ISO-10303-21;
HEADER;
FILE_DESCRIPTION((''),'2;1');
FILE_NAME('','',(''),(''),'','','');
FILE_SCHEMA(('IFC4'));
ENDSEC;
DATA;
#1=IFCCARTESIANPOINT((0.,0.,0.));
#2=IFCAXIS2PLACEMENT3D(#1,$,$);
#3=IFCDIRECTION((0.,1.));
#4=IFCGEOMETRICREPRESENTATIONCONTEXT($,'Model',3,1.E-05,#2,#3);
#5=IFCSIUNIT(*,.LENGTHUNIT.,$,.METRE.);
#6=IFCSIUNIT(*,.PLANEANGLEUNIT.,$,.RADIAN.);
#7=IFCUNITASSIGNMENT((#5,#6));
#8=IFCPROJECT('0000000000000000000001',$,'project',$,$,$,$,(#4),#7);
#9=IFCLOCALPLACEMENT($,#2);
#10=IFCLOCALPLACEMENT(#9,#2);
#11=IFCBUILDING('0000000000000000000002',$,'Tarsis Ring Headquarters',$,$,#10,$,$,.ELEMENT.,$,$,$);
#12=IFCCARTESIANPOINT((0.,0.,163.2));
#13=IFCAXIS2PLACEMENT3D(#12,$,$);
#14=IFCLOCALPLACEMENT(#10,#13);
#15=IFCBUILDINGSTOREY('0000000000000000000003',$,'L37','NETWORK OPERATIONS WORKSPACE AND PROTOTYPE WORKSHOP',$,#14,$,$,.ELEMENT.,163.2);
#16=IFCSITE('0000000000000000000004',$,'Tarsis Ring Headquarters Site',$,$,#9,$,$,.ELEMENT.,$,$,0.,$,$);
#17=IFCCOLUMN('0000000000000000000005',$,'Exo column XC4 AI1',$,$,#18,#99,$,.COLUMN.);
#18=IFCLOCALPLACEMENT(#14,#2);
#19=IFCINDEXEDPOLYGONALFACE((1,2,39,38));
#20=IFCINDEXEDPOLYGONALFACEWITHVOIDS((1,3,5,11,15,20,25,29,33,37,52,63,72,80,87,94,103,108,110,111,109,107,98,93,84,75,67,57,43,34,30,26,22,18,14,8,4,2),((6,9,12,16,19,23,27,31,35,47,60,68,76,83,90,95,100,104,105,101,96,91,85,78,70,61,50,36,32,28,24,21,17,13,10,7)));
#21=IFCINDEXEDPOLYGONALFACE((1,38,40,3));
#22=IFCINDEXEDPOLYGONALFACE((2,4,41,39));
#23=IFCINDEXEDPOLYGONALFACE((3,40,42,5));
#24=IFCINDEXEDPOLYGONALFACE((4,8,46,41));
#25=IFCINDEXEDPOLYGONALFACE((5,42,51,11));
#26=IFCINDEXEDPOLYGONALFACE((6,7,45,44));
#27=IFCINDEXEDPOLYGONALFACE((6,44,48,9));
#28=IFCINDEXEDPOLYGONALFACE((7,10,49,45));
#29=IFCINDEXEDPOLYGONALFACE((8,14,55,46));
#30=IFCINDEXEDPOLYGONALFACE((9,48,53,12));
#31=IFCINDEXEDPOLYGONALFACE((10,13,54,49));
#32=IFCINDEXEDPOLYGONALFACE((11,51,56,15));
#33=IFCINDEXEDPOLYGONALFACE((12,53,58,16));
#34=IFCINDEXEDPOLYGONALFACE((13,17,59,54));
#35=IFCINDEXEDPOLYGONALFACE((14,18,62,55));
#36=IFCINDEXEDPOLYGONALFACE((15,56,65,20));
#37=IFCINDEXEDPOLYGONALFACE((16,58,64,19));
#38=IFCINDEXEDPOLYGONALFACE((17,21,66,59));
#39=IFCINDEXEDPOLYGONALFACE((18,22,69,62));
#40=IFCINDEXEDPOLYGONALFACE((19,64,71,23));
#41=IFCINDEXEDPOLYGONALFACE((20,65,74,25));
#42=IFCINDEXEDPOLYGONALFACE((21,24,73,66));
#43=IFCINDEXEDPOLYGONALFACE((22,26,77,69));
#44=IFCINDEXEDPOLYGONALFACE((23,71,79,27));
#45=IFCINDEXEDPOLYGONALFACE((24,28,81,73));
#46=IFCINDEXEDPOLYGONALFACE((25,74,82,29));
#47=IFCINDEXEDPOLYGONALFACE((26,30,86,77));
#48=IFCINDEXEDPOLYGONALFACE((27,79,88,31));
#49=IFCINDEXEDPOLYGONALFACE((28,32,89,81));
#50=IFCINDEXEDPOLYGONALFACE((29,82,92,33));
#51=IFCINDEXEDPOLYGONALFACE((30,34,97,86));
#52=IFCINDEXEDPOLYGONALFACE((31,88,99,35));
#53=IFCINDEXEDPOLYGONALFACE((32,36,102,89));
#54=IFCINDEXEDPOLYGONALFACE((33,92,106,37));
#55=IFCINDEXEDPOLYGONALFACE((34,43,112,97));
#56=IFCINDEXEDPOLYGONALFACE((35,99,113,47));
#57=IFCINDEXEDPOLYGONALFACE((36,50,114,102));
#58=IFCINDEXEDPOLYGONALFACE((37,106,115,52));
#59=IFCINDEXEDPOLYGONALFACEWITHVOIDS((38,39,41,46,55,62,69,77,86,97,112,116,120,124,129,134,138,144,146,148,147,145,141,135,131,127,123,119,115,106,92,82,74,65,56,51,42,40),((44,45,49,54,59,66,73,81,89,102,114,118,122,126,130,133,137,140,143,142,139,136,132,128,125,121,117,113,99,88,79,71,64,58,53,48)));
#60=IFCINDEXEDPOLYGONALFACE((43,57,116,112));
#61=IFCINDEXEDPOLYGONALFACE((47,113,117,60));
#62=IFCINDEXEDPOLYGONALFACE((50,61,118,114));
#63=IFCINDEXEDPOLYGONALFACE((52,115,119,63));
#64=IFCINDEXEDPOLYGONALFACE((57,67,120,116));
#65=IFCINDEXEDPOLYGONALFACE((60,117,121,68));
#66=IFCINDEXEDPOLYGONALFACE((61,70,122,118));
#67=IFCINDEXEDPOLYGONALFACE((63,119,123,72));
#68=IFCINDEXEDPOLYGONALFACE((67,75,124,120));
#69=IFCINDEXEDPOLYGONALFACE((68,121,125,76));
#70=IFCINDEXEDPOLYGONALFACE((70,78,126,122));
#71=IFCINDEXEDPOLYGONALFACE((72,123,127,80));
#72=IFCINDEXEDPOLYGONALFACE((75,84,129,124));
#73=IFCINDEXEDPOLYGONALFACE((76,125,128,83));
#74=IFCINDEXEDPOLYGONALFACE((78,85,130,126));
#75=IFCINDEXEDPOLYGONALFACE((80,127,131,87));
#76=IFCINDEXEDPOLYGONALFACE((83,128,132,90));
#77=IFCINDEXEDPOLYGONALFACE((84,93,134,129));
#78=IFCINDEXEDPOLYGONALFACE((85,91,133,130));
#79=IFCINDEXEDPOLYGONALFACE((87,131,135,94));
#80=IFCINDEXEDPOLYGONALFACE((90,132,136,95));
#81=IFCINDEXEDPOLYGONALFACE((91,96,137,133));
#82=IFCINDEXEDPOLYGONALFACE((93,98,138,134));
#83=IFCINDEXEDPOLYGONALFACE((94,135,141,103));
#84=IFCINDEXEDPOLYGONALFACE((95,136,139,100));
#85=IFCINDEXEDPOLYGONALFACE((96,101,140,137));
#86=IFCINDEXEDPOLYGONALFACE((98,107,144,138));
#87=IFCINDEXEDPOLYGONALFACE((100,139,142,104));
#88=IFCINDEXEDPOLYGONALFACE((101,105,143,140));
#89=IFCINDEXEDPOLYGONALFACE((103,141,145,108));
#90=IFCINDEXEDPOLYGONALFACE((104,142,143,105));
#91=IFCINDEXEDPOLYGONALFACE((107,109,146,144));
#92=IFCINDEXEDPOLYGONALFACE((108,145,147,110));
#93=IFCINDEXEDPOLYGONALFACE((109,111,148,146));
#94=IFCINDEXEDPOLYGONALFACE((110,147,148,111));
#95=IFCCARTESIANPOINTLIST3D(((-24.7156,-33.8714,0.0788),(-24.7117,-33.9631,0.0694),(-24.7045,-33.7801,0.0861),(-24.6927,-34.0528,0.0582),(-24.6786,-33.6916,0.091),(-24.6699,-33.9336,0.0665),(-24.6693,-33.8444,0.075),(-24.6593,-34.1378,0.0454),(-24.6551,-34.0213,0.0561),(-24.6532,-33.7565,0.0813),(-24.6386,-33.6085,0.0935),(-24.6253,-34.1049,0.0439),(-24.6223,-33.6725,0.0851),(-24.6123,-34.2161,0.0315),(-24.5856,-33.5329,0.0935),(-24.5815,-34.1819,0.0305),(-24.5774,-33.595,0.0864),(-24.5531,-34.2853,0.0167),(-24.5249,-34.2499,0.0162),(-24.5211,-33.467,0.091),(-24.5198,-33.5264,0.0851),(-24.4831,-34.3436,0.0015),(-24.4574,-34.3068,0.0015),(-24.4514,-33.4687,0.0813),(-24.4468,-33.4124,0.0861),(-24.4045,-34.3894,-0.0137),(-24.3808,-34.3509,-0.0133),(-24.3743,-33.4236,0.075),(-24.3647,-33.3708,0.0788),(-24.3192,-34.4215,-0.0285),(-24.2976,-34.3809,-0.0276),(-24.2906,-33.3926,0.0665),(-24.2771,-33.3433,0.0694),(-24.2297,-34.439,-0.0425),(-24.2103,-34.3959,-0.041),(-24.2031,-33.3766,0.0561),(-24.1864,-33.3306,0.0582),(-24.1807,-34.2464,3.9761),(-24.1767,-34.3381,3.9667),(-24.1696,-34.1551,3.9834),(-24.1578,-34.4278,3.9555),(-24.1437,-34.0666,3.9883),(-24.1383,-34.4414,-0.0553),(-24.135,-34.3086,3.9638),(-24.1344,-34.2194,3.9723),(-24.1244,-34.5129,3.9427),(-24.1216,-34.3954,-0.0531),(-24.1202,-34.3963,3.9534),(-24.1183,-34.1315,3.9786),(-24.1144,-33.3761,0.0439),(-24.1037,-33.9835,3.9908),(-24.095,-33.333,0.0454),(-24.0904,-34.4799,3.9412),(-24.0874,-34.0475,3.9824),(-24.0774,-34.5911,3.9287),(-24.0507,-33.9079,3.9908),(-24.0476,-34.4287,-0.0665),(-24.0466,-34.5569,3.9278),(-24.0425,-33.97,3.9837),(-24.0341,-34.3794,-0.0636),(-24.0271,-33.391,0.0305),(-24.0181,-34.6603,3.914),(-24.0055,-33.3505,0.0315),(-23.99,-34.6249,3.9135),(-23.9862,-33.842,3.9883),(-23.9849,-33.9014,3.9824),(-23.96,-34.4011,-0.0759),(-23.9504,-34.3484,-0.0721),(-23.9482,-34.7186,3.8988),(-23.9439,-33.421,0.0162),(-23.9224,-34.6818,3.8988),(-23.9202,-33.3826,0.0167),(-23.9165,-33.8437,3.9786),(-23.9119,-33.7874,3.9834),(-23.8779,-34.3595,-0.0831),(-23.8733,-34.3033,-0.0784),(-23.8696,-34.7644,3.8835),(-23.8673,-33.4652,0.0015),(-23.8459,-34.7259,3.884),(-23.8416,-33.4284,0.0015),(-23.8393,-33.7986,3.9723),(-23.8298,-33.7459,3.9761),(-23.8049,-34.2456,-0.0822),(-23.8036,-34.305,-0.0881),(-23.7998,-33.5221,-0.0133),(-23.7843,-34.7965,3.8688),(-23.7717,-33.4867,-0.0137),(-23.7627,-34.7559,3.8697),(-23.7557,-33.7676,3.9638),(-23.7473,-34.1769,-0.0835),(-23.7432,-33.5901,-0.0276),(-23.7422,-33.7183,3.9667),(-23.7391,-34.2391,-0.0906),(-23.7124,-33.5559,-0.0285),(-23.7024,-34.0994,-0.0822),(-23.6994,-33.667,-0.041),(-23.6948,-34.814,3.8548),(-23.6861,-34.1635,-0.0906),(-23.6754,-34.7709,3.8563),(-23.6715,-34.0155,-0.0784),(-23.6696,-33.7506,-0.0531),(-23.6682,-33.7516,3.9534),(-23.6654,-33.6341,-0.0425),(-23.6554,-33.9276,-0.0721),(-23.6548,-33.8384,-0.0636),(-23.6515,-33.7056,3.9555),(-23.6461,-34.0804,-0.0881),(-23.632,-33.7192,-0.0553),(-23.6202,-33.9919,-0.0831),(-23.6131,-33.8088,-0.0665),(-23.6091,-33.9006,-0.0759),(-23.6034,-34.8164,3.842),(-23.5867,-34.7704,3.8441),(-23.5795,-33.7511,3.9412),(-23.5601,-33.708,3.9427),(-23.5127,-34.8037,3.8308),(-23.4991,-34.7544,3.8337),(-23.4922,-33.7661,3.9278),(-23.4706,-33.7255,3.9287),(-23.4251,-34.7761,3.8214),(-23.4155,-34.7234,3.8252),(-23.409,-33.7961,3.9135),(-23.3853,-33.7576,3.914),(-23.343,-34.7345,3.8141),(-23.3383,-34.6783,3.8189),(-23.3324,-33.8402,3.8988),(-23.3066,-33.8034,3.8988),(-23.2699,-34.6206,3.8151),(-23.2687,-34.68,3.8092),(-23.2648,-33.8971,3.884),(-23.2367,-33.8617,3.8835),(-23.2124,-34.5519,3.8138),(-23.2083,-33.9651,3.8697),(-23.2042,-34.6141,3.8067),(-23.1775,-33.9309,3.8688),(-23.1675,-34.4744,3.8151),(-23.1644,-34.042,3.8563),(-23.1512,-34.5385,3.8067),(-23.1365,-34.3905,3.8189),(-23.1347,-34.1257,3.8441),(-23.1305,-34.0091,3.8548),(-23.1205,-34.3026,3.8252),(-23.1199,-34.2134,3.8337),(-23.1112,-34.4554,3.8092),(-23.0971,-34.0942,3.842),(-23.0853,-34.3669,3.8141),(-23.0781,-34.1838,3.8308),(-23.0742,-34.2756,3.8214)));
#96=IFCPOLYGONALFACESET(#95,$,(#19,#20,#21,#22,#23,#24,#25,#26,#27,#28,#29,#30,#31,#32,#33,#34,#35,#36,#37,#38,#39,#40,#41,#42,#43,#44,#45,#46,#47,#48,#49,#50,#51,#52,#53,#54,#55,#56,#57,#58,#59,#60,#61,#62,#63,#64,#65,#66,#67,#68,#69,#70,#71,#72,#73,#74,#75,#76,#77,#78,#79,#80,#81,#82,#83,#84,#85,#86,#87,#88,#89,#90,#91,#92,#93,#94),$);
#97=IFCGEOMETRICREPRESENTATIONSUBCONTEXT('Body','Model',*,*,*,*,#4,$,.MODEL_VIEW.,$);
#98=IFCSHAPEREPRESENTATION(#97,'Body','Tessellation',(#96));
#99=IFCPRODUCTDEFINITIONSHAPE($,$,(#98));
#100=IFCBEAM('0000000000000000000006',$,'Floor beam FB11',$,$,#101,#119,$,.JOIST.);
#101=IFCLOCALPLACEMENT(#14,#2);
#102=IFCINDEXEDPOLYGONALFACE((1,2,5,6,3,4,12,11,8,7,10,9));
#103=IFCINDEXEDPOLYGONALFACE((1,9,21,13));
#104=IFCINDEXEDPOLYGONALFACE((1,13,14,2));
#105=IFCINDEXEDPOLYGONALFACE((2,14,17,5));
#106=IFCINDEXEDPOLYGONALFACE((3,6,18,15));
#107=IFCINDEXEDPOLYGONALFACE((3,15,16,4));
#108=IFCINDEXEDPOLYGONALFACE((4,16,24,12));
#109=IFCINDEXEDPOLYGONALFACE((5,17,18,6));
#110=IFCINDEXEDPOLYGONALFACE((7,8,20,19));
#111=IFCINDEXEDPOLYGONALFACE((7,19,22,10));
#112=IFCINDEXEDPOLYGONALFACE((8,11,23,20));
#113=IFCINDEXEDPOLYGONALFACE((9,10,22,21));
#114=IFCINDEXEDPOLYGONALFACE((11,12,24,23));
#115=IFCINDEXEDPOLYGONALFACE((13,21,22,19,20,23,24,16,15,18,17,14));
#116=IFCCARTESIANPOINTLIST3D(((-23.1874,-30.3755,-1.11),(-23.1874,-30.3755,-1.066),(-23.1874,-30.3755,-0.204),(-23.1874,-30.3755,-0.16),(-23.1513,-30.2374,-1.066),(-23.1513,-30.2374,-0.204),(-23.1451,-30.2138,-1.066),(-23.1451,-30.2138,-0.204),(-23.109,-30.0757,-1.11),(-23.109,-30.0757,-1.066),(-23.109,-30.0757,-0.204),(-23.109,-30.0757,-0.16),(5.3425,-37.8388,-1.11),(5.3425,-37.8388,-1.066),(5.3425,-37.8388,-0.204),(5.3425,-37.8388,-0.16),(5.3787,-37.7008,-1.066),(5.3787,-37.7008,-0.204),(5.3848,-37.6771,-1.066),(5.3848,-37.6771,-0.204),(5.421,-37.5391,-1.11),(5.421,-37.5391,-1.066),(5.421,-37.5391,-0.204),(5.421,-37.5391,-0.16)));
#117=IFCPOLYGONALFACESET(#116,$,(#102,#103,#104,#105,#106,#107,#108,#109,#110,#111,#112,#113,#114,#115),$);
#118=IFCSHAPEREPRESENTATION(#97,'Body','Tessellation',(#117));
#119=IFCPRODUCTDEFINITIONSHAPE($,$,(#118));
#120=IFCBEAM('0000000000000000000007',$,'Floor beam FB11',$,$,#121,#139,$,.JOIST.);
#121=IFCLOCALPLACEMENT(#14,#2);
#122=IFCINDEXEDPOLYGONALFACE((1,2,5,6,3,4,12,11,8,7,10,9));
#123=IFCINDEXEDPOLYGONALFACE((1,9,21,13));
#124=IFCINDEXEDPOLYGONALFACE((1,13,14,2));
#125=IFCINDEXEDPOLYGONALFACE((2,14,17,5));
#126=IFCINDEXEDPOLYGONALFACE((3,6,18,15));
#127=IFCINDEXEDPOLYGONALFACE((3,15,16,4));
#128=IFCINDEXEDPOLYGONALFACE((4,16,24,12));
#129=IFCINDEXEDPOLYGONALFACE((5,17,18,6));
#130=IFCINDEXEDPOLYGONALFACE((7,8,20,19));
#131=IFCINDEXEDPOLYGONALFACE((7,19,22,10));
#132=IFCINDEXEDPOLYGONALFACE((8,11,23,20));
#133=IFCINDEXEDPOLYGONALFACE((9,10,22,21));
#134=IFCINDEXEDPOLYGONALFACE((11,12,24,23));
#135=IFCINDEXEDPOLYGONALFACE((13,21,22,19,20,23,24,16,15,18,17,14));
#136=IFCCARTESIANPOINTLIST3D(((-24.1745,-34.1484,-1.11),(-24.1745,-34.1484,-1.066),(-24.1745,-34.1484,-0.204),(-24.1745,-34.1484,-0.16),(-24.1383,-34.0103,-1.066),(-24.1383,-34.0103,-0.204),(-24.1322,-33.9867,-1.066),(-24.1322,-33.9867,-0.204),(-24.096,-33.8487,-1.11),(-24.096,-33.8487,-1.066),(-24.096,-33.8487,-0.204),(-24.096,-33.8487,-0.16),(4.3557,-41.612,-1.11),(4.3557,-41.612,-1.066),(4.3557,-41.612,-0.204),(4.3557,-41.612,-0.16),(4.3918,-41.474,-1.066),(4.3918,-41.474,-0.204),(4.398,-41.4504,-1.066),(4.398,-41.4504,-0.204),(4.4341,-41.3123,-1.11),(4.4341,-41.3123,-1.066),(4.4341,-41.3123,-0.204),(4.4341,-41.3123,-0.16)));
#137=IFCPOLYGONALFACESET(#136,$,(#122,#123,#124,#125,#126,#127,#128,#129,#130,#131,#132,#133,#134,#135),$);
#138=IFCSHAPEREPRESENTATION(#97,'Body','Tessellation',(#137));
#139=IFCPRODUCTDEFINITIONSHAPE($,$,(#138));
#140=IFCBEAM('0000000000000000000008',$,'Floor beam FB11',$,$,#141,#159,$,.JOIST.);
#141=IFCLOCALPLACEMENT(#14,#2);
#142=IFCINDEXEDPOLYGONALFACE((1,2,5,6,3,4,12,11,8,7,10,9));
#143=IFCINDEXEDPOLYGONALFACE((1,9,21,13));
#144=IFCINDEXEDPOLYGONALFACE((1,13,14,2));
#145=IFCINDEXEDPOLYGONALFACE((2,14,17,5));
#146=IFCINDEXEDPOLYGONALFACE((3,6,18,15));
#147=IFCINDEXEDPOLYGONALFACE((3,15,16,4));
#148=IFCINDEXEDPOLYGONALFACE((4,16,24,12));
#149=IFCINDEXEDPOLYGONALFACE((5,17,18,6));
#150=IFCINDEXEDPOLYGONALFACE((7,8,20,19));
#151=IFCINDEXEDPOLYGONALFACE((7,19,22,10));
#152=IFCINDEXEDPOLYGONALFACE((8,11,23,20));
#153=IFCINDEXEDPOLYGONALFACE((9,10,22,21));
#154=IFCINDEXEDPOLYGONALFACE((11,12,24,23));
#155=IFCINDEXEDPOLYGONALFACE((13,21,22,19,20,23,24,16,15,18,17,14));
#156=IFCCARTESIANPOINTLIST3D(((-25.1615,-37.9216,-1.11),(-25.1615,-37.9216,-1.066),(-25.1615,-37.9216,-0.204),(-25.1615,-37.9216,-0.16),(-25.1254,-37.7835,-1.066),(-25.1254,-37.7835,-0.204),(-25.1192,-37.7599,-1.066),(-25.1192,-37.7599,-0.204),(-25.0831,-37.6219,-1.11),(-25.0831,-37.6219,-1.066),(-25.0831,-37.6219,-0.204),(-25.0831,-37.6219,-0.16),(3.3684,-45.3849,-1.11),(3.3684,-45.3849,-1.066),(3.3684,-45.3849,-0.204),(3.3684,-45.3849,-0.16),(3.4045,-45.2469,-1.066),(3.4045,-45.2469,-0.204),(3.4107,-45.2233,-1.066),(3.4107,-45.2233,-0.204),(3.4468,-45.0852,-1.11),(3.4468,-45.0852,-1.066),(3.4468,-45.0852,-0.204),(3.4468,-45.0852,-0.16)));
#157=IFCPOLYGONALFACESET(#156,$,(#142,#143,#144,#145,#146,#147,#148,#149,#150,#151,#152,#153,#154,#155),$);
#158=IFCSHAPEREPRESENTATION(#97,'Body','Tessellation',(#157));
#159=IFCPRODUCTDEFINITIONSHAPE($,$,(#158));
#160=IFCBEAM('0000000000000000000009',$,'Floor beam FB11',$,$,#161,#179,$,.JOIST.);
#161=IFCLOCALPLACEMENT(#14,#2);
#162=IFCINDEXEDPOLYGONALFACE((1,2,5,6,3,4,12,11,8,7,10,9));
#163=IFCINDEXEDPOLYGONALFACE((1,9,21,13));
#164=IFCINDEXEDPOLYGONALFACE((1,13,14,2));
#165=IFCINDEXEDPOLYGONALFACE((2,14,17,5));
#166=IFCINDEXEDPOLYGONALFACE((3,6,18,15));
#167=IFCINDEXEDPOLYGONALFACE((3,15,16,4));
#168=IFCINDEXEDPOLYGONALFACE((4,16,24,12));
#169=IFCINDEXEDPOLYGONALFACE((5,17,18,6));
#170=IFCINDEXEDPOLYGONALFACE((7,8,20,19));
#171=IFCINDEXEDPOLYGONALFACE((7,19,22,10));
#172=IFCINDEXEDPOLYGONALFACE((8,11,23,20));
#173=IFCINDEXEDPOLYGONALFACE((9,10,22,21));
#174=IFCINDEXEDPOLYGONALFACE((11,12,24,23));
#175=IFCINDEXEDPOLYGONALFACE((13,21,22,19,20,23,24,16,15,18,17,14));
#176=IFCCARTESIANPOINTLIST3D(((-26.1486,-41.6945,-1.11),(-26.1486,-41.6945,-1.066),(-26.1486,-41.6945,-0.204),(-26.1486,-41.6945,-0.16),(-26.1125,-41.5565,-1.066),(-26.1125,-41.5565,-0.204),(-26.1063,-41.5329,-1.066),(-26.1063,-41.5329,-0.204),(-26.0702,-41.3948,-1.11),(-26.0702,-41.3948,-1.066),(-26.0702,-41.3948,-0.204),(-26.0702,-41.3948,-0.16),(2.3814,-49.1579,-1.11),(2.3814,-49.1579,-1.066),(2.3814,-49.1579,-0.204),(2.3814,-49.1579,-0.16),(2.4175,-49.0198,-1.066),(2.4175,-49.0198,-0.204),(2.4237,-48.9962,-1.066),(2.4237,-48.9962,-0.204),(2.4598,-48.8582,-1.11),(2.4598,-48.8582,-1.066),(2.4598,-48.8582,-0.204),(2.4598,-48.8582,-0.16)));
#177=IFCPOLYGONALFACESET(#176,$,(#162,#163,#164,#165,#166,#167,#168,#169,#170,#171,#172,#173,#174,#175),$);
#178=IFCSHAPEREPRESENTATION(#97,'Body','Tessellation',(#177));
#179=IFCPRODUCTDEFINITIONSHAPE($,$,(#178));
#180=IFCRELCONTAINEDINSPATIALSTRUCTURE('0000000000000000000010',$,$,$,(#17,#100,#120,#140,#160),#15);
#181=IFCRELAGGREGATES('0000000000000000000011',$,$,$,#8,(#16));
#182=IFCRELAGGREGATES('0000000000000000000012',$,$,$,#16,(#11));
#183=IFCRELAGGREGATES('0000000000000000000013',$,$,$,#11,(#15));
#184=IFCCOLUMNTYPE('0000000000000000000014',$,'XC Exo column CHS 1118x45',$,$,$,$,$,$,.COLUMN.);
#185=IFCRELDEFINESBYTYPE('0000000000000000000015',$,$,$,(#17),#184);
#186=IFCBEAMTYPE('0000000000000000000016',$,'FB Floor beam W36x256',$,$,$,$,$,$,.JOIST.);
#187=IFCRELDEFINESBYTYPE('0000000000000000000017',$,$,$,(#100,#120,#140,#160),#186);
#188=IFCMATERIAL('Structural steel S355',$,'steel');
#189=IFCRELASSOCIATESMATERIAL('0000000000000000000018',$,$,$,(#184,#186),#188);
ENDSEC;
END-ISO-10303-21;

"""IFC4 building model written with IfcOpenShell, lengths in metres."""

from ifc_helpers import new_model, si_unit, direction, frame, origin, origin_2d, place, context, subcontext, project, spatial, hollow_circle, i_section, extrude, material, material_profile, profile_set, type_object, element, save


model = new_model("IFC4")

# Units and contexts
model_context = context("Model", 3, precision=1e-05, world=origin(), true_north=direction((0.0, 1.0)))
body_context = subcontext(model_context, "Body", "Model", "MODEL_VIEW")
ifc_project = project(units=[si_unit("LENGTHUNIT", "METRE"), si_unit("PLANEANGLEUNIT", "RADIAN")], contexts=[model_context])

# Site, building, storey
site_placement = place(None, origin())
site = spatial("IfcSite", under=ifc_project, at=site_placement, Name="Tarsis Ring Headquarters Site", CompositionType="ELEMENT", RefElevation=0.0)
building_placement = place(site_placement, origin())
building = spatial("IfcBuilding", under=site, at=building_placement, Name="Tarsis Ring Headquarters", CompositionType="ELEMENT")
storey_placement = place(building_placement, frame((0.0, 0.0, 163.2)))
storey = spatial("IfcBuildingStorey", under=building, at=storey_placement, Name="L37", Description="NETWORK OPERATIONS WORKSPACE AND PROTOTYPE WORKSHOP", CompositionType="ELEMENT", Elevation=163.2)

# Column
ifc_material_1 = material(Name="Structural steel S355", Category="steel")
ifc_material_profile_1 = material_profile(ifc_material_1, hollow_circle(Radius=0.5588, WallThickness=0.0449, at=origin_2d()), Name="CHS 1118x45")
ifc_profile_set_1 = profile_set([ifc_material_profile_1], Name="Structural steel S355")
column_type = type_object("IfcColumnType", Name="XC Exo column CHS 1118x45", PredefinedType="COLUMN", material=ifc_profile_set_1)
column_placement = place(storey_placement, frame((-24.1624, -33.886, 0.0015), z_axis=(0.135366, -0.094899, 0.98624), x_axis=(0.574039, 0.818828, 0.0)))
element("IfcColumn", 1, at=column_placement, inside=storey, type_object=column_type, Name="Exo column XC4 AI1", PredefinedType="COLUMN", context=body_context, shape_type="SweptSolid", body=[
    extrude(hollow_circle(Radius=0.5588, WallThickness=0.0449, at=origin_2d()), origin(), (0.0, 0.0, 1.0), 3.9517),
])

# Beams
ifc_material_profile_2 = material_profile(ifc_material_1, i_section(OverallWidth=0.3098, OverallDepth=0.95, WebThickness=0.0244, FlangeThickness=0.0439, at=origin_2d()), Name="W36x256")
ifc_profile_set_2 = profile_set([ifc_material_profile_2], Name="Structural steel S355")
beam_type_1 = type_object("IfcBeamType", Name="FB Floor beam W36x256", PredefinedType="JOIST", material=ifc_profile_set_2)
beam_1_placement = place(storey_placement, frame((-23.1482, -30.2256, -0.635), z_axis=(0.967445, -0.253081, 0.0), x_axis=(0.253081, 0.967445, 0.0)))
element("IfcBeam", 2, at=beam_1_placement, inside=storey, type_object=beam_type_1, Name="Floor beam FB11", PredefinedType="JOIST", context=body_context, shape_type="SweptSolid", body=[
    extrude(i_section(OverallWidth=0.3098, OverallDepth=0.95, WebThickness=0.0244, FlangeThickness=0.0439, at=origin_2d()), origin(), (0.0, 0.0, 1.0), 29.49),
])
beam_2_placement = place(storey_placement, frame((-24.1353, -33.9985, -0.635), z_axis=(0.967443, -0.253089, 0.0), x_axis=(0.253089, 0.967443, 0.0)))
element("IfcBeam", 3, at=beam_2_placement, inside=storey, type_object=beam_type_1, Name="Floor beam FB11", PredefinedType="JOIST", context=body_context, shape_type="SweptSolid", body=[
    extrude(i_section(OverallWidth=0.3098, OverallDepth=0.95, WebThickness=0.0244, FlangeThickness=0.0439, at=origin_2d()), origin(), (0.0, 0.0, 1.0), 29.4902),
])
for number, where, z_axis, x_axis, name in (
    (4, (-25.1223, -37.7717, -0.635), (0.967445, -0.253081, 0.0), (0.253081, 0.967445, 0.0), "Floor beam FB11"),
    (5, (-26.1094, -41.5447, -0.635), (0.967445, -0.253081, 0.0), (0.253081, 0.967445, 0.0), "Floor beam FB11"),
):
    element("IfcBeam", number, at=place(storey_placement, frame(where, z_axis=z_axis, x_axis=x_axis)), inside=storey, type_object=beam_type_1, Name=name, PredefinedType="JOIST", context=body_context, shape_type="SweptSolid", body=[
        extrude(i_section(OverallWidth=0.3098, OverallDepth=0.95, WebThickness=0.0244, FlangeThickness=0.0439, at=origin_2d()), origin(), (0.0, 0.0, 1.0), 29.49),
    ])

save(model, "model.ifc")
